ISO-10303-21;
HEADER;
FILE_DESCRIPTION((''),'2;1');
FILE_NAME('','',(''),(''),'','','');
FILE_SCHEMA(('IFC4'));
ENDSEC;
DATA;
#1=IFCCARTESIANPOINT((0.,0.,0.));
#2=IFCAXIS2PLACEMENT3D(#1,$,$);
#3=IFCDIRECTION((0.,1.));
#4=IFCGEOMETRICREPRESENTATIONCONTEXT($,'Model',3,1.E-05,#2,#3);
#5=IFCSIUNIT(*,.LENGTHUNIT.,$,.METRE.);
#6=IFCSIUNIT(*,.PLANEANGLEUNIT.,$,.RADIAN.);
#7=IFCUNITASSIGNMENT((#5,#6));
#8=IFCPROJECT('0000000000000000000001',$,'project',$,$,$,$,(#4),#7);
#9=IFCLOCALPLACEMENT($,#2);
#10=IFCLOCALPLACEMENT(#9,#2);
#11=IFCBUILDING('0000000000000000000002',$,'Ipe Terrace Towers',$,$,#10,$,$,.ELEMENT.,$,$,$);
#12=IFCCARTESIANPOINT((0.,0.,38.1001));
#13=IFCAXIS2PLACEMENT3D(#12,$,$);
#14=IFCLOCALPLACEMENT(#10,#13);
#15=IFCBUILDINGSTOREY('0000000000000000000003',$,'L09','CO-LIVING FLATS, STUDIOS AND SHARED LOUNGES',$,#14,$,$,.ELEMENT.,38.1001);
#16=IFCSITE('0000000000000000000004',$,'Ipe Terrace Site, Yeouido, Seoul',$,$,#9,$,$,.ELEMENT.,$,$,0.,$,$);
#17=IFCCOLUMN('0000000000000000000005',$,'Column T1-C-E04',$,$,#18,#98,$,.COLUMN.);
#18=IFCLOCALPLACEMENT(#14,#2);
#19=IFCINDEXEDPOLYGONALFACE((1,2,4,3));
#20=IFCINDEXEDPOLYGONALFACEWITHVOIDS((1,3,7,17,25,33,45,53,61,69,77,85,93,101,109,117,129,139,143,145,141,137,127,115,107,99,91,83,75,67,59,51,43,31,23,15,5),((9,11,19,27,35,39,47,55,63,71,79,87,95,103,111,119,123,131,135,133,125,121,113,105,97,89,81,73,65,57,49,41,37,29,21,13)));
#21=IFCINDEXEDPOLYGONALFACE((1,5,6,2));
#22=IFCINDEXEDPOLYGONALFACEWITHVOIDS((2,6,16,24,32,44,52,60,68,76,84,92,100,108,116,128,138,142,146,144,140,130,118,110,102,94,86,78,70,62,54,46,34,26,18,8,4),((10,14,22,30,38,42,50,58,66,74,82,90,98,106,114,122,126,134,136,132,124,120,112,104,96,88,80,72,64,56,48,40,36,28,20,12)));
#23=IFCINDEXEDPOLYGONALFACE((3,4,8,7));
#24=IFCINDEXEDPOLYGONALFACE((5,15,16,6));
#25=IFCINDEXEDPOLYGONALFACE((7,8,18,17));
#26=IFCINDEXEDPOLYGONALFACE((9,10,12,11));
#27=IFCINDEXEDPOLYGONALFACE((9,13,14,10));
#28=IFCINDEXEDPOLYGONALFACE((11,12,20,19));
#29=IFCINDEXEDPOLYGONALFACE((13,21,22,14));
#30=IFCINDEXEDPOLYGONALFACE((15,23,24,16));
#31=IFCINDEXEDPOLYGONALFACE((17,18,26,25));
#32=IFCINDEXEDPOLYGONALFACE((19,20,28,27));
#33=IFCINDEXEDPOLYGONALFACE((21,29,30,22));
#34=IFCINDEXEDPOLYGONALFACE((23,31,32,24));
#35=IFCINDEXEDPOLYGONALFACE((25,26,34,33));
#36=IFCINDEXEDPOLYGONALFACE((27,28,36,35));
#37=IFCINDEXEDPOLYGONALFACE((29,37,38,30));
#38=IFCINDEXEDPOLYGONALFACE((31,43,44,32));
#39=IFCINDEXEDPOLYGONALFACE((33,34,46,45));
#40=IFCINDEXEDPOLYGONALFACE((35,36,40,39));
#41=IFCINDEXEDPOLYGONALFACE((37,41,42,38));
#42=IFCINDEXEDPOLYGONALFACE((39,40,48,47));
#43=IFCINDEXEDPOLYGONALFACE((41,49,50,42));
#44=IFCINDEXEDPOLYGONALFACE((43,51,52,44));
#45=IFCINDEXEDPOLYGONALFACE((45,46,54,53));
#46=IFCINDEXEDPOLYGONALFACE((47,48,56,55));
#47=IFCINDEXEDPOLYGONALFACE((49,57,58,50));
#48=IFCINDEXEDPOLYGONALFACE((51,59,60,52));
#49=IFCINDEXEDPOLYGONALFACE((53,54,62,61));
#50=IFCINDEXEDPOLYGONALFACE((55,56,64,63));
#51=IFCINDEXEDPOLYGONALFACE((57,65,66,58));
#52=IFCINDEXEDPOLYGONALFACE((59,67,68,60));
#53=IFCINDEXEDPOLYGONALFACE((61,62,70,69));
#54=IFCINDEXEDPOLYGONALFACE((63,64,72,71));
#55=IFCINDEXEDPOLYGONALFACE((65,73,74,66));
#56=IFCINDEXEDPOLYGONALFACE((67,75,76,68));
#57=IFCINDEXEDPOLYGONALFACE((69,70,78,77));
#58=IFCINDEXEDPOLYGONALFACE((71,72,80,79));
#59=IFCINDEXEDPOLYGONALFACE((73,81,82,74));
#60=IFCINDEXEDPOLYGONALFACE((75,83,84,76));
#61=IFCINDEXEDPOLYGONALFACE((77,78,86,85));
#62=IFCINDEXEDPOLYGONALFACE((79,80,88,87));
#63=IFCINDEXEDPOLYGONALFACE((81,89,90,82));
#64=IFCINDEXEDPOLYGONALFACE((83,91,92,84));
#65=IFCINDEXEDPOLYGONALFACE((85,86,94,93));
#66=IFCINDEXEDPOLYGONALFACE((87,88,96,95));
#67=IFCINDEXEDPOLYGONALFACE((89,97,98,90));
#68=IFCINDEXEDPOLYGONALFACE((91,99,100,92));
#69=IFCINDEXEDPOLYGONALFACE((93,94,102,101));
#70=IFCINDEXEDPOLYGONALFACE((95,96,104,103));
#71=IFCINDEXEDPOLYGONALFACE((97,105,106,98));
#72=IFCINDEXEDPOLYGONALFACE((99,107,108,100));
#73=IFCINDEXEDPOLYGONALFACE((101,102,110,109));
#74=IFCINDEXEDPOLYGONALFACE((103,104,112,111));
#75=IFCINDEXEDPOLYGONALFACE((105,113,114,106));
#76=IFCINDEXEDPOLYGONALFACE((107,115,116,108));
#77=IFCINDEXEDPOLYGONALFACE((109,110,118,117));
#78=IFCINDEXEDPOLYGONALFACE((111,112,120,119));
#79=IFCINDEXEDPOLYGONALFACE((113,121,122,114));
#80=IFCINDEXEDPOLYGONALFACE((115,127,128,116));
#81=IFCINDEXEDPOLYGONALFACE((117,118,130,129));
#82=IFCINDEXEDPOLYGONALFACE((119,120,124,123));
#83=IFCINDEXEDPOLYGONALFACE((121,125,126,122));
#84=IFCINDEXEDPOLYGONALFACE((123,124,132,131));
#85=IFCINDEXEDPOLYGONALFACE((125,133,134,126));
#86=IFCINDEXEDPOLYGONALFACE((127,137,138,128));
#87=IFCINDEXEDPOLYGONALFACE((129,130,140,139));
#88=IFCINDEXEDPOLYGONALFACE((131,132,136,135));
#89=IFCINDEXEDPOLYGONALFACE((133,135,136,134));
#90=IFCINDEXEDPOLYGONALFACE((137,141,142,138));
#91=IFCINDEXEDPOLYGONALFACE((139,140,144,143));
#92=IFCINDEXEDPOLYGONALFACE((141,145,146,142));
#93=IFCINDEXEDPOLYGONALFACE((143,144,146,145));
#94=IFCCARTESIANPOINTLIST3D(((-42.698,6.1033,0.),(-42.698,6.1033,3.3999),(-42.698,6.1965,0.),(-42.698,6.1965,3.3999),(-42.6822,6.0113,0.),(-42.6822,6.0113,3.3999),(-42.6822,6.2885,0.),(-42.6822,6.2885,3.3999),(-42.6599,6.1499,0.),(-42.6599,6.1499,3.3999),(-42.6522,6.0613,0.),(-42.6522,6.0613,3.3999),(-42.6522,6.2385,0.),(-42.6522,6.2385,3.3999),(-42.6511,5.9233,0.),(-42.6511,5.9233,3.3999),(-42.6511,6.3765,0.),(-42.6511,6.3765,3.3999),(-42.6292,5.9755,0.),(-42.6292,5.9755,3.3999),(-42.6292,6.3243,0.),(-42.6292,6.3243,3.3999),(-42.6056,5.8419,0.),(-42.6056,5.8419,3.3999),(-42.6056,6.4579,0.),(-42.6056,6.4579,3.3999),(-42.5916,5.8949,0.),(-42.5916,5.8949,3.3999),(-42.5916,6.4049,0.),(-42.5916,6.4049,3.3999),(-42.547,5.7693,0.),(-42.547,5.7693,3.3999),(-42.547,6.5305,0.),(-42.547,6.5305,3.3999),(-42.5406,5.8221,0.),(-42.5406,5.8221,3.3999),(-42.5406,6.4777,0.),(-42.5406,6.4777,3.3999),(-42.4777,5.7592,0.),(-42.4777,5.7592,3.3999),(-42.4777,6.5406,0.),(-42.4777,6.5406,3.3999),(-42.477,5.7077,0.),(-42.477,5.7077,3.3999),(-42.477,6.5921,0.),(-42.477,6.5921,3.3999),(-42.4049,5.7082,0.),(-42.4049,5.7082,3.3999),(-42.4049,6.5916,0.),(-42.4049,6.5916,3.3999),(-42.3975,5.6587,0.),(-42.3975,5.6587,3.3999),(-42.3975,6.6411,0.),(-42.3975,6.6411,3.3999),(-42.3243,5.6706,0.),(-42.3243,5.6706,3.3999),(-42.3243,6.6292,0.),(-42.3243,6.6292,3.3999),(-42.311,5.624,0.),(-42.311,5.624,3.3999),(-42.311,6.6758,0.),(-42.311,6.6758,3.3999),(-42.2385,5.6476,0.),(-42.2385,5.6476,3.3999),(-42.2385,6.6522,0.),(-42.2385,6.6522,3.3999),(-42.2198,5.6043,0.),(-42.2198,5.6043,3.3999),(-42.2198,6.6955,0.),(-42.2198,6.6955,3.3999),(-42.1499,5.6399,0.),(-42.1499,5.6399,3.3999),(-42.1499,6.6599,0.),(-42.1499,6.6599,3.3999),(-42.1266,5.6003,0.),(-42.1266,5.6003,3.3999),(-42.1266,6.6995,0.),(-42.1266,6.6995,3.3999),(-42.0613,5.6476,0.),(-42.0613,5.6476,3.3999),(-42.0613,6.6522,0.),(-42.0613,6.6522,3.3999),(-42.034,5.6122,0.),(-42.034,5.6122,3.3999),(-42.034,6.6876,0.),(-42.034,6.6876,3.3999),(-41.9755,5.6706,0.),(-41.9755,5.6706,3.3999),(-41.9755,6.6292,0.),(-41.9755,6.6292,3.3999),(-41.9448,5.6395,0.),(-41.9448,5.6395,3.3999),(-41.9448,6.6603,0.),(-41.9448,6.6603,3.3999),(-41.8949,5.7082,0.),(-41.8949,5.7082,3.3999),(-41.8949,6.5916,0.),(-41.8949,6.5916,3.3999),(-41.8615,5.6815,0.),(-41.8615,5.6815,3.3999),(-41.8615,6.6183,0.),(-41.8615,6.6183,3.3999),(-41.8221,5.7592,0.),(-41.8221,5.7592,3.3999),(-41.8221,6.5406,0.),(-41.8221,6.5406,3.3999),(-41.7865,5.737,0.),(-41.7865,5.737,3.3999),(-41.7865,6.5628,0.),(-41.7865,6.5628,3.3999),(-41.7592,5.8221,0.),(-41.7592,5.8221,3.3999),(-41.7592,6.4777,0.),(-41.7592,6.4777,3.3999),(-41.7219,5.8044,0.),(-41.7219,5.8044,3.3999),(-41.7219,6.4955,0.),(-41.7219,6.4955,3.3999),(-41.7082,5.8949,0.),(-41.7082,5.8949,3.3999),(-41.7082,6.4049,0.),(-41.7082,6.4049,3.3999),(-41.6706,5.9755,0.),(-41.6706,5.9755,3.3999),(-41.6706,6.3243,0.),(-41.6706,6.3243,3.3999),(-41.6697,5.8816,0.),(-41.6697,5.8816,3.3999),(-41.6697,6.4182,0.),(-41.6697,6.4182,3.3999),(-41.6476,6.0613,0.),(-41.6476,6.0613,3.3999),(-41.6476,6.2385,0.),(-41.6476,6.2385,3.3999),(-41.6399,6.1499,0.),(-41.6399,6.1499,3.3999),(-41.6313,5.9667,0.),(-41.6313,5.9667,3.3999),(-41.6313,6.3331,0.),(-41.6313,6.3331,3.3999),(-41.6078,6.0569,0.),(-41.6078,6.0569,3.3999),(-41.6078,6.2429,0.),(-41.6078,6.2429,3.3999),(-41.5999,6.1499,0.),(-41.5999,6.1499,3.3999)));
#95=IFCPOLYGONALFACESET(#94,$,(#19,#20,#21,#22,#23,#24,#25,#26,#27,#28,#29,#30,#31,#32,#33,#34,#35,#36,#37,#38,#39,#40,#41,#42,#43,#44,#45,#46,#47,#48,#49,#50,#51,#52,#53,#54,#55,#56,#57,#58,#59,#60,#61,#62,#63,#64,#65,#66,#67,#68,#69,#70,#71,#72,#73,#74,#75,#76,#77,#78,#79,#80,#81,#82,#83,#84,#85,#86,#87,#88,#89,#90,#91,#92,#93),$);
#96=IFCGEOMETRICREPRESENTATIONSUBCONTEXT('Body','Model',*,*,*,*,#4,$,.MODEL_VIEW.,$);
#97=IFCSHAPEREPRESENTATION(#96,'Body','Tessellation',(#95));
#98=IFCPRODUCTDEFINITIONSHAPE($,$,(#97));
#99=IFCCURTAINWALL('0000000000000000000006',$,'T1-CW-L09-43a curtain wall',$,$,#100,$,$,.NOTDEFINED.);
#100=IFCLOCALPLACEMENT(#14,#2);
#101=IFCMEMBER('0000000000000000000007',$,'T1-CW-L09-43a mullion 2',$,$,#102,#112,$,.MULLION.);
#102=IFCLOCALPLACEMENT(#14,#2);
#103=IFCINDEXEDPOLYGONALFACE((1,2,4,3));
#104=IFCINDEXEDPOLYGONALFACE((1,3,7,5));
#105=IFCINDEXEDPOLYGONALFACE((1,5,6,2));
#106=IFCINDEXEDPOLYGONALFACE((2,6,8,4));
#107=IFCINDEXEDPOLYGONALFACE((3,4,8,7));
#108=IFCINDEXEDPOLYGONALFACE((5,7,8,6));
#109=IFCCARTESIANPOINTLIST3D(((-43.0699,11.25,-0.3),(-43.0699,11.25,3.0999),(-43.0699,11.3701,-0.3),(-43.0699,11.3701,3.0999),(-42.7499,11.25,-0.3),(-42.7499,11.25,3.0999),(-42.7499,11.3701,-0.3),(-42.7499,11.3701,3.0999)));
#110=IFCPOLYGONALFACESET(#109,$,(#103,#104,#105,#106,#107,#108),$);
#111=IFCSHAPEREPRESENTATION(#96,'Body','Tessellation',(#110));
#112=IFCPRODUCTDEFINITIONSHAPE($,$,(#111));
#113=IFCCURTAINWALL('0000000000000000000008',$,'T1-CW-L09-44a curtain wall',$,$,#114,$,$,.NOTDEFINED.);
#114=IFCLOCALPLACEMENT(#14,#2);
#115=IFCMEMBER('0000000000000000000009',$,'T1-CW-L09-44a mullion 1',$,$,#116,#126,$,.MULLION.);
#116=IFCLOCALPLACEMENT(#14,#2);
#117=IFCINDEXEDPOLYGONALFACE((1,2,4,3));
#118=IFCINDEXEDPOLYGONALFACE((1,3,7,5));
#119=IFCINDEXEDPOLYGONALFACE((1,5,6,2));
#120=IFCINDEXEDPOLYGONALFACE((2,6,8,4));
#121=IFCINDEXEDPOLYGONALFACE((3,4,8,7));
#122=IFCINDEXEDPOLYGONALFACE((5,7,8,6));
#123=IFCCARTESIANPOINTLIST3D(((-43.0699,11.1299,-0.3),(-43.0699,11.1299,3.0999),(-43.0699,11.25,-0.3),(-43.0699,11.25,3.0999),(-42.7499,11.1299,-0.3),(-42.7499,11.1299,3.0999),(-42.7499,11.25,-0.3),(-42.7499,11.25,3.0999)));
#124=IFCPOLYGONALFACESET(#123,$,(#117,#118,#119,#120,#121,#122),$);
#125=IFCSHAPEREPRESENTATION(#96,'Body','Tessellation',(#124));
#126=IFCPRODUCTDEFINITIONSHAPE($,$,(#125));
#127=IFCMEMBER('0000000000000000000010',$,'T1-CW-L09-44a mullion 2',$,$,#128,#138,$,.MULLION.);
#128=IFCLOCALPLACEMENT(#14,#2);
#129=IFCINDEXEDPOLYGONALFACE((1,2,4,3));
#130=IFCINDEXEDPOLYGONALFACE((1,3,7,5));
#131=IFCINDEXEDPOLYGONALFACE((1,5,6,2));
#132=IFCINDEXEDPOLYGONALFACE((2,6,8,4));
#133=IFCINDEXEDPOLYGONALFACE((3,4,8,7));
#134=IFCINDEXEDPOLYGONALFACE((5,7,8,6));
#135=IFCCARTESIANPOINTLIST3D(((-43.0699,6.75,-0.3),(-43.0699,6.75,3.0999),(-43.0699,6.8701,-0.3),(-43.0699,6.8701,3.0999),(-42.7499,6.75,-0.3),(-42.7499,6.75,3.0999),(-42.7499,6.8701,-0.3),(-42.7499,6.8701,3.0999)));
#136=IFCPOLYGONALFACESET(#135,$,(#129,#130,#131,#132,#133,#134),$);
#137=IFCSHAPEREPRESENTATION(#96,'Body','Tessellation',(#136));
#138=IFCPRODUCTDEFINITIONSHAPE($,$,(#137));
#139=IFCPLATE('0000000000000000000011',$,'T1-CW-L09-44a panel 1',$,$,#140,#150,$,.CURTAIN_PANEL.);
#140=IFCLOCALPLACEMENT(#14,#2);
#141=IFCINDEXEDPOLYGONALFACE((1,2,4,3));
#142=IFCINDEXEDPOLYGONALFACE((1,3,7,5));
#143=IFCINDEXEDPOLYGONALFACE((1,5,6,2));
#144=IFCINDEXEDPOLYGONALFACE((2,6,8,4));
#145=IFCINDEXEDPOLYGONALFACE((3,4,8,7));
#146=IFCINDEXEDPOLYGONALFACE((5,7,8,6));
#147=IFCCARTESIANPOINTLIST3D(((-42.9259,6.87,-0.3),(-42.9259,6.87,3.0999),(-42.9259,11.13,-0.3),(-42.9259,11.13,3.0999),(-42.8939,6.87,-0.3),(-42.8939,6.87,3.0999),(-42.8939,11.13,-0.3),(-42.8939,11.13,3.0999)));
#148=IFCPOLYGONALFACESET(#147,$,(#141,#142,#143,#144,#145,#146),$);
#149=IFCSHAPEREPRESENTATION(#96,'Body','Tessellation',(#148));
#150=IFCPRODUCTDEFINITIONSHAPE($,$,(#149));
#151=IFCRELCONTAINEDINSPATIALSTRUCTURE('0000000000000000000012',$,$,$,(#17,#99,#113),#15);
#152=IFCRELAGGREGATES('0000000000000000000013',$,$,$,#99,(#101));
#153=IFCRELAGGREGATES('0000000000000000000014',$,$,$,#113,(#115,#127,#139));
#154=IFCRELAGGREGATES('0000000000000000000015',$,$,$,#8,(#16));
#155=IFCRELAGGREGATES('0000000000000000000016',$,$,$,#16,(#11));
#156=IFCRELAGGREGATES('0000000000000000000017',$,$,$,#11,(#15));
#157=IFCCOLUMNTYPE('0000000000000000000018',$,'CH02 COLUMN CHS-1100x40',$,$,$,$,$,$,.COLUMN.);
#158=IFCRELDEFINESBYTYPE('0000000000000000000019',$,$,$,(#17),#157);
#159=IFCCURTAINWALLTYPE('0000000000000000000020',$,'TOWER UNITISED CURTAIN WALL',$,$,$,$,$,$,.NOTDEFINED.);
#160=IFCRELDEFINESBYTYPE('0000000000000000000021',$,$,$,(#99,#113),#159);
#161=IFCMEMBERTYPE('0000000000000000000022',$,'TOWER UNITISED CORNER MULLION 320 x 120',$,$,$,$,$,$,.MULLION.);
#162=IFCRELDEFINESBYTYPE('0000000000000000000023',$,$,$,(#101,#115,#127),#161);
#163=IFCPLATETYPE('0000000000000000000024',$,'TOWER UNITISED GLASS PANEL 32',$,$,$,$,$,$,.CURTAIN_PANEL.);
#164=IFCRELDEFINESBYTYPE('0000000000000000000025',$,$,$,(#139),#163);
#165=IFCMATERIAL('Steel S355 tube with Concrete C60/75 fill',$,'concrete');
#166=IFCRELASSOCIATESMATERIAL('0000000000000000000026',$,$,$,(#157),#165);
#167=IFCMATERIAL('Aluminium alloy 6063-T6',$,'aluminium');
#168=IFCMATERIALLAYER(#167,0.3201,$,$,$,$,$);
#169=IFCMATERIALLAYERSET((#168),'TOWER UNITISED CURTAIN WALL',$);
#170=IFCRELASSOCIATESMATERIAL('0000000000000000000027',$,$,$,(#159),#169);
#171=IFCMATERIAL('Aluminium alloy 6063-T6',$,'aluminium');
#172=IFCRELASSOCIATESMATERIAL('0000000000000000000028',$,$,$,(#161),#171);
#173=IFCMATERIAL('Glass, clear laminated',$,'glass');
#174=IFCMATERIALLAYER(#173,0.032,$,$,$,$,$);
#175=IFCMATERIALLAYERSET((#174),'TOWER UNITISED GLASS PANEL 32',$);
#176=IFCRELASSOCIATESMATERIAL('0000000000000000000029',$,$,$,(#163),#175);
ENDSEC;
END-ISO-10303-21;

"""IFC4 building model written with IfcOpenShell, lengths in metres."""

from ifc_helpers import new_model, si_unit, direction, frame, origin, origin_2d, place, context, subcontext, project, spatial, rectangle, hollow_circle, extrude, material, layer, layer_set, material_profile, profile_set, type_object, element, aggregate, save


model = new_model("IFC4")

# Units and contexts
model_context = context("Model", 3, precision=1e-05, world=origin(), true_north=direction((0.0, 1.0)))
body_context = subcontext(model_context, "Body", "Model", "MODEL_VIEW")
ifc_project = project(units=[si_unit("LENGTHUNIT", "METRE"), si_unit("PLANEANGLEUNIT", "RADIAN")], contexts=[model_context])

# Site, building, storey
site_placement = place(None, origin())
site = spatial("IfcSite", under=ifc_project, at=site_placement, Name="Ipe Terrace Site, Yeouido, Seoul", CompositionType="ELEMENT", RefElevation=0.0)
building_placement = place(site_placement, origin())
building = spatial("IfcBuilding", under=site, at=building_placement, Name="Ipe Terrace Towers", CompositionType="ELEMENT")
storey_placement = place(building_placement, frame((0.0, 0.0, 38.1001)))
storey = spatial("IfcBuildingStorey", under=building, at=storey_placement, Name="L09", Description="CO-LIVING FLATS, STUDIOS AND SHARED LOUNGES", CompositionType="ELEMENT", Elevation=38.1001)

# Column
ifc_material_1 = material(Name="Steel S355 tube with Concrete C60/75 fill", Category="concrete")
ifc_material_profile_1 = material_profile(ifc_material_1, hollow_circle(Radius=0.55, WallThickness=0.04, at=origin_2d()), Name="CHS-1100x40")
ifc_profile_set_1 = profile_set([ifc_material_profile_1], Name="Steel S355 tube with Concrete C60/75 fill")
column_type = type_object("IfcColumnType", Name="CH02 COLUMN CHS-1100x40", PredefinedType="COLUMN", material=ifc_profile_set_1)
column_placement = place(storey_placement, frame((-42.1499, 6.1499, 0.0), z_axis=(0.0, 0.0, 1.0), x_axis=(1.0, 0.0, 0.0)))
element("IfcColumn", 1, at=column_placement, inside=storey, type_object=column_type, Name="Column T1-C-E04", PredefinedType="COLUMN", context=body_context, shape_type="SweptSolid", body=[
    extrude(hollow_circle(Radius=0.55, WallThickness=0.04, at=origin_2d()), origin(), (0.0, 0.0, 1.0), 3.3999),
])

# Curtain wall, member
ifc_material_2 = material(Name="Aluminium alloy 6063-T6", Category="aluminium")
ifc_layer_1 = layer(ifc_material_2, 0.3201)
ifc_layer_set_1 = layer_set([ifc_layer_1], Name="TOWER UNITISED CURTAIN WALL")
curtain_wall_type = type_object("IfcCurtainWallType", Name="TOWER UNITISED CURTAIN WALL", PredefinedType="NOTDEFINED", material=ifc_layer_set_1)
curtain_wall_1_placement = place(storey_placement, origin())
curtain_wall_1 = element("IfcCurtainWall", 2, at=curtain_wall_1_placement, inside=storey, type_object=curtain_wall_type, Name="T1-CW-L09-43a curtain wall", PredefinedType="NOTDEFINED")
ifc_material_3 = material(Name="Aluminium alloy 6063-T6", Category="aluminium")
ifc_material_profile_2 = material_profile(ifc_material_3, rectangle(XDim=0.3201, YDim=0.1201, at=origin_2d()), Name="TOWER UNITISED CORNER MULLION 320 x 120")
ifc_profile_set_2 = profile_set([ifc_material_profile_2], Name="Aluminium alloy 6063-T6")
member_type = type_object("IfcMemberType", Name="TOWER UNITISED CORNER MULLION 320 x 120", PredefinedType="MULLION", material=ifc_profile_set_2)
member_1_placement = place(storey_placement, frame((-42.9099, 11.3101, -0.3), z_axis=(0.0, 0.0, 1.0), x_axis=(-1.0, 0.0, 0.0)))
member_1 = element("IfcMember", 3, at=member_1_placement, type_object=member_type, Name="T1-CW-L09-43a mullion 2", PredefinedType="MULLION", context=body_context, shape_type="SweptSolid", body=[
    extrude(rectangle(XDim=0.3201, YDim=0.1201, at=origin_2d()), origin(), (0.0, 0.0, 1.0), 3.3999),
])
aggregate(curtain_wall_1, [member_1])

# Curtain wall, members, plate
curtain_wall_2_placement = place(storey_placement, origin())
curtain_wall_2 = element("IfcCurtainWall", 4, at=curtain_wall_2_placement, inside=storey, type_object=curtain_wall_type, Name="T1-CW-L09-44a curtain wall", PredefinedType="NOTDEFINED")
member_2_placement = place(storey_placement, frame((-42.9099, 11.1899, -0.3), z_axis=(0.0, 0.0, 1.0), x_axis=(-1.0, 0.0, 0.0)))
member_2 = element("IfcMember", 5, at=member_2_placement, type_object=member_type, Name="T1-CW-L09-44a mullion 1", PredefinedType="MULLION", context=body_context, shape_type="SweptSolid", body=[
    extrude(rectangle(XDim=0.3201, YDim=0.1201, at=origin_2d()), origin(), (0.0, 0.0, 1.0), 3.3999),
])
member_3_placement = place(storey_placement, frame((-42.9099, 6.8101, -0.3), z_axis=(0.0, 0.0, 1.0), x_axis=(-1.0, 0.0, 0.0)))
member_3 = element("IfcMember", 6, at=member_3_placement, type_object=member_type, Name="T1-CW-L09-44a mullion 2", PredefinedType="MULLION", context=body_context, shape_type="SweptSolid", body=[
    extrude(rectangle(XDim=0.3201, YDim=0.1201, at=origin_2d()), origin(), (0.0, 0.0, 1.0), 3.3999),
])
ifc_material_4 = material(Name="Glass, clear laminated", Category="glass")
ifc_layer_2 = layer(ifc_material_4, 0.032)
ifc_layer_set_2 = layer_set([ifc_layer_2], Name="TOWER UNITISED GLASS PANEL 32")
plate_type = type_object("IfcPlateType", Name="TOWER UNITISED GLASS PANEL 32", PredefinedType="CURTAIN_PANEL", material=ifc_layer_set_2)
plate_placement = place(storey_placement, frame((-42.9099, 9.0, -0.3), z_axis=(0.0, 0.0, 1.0), x_axis=(0.0, -1.0, 0.0)))
plate = element("IfcPlate", 7, at=plate_placement, type_object=plate_type, Name="T1-CW-L09-44a panel 1", PredefinedType="CURTAIN_PANEL", context=body_context, shape_type="SweptSolid", body=[
    extrude(rectangle(XDim=4.26, YDim=0.032, at=origin_2d()), origin(), (0.0, 0.0, 1.0), 3.3999),
])
aggregate(curtain_wall_2, [member_2, member_3, plate])

save(model, "model.ifc")
